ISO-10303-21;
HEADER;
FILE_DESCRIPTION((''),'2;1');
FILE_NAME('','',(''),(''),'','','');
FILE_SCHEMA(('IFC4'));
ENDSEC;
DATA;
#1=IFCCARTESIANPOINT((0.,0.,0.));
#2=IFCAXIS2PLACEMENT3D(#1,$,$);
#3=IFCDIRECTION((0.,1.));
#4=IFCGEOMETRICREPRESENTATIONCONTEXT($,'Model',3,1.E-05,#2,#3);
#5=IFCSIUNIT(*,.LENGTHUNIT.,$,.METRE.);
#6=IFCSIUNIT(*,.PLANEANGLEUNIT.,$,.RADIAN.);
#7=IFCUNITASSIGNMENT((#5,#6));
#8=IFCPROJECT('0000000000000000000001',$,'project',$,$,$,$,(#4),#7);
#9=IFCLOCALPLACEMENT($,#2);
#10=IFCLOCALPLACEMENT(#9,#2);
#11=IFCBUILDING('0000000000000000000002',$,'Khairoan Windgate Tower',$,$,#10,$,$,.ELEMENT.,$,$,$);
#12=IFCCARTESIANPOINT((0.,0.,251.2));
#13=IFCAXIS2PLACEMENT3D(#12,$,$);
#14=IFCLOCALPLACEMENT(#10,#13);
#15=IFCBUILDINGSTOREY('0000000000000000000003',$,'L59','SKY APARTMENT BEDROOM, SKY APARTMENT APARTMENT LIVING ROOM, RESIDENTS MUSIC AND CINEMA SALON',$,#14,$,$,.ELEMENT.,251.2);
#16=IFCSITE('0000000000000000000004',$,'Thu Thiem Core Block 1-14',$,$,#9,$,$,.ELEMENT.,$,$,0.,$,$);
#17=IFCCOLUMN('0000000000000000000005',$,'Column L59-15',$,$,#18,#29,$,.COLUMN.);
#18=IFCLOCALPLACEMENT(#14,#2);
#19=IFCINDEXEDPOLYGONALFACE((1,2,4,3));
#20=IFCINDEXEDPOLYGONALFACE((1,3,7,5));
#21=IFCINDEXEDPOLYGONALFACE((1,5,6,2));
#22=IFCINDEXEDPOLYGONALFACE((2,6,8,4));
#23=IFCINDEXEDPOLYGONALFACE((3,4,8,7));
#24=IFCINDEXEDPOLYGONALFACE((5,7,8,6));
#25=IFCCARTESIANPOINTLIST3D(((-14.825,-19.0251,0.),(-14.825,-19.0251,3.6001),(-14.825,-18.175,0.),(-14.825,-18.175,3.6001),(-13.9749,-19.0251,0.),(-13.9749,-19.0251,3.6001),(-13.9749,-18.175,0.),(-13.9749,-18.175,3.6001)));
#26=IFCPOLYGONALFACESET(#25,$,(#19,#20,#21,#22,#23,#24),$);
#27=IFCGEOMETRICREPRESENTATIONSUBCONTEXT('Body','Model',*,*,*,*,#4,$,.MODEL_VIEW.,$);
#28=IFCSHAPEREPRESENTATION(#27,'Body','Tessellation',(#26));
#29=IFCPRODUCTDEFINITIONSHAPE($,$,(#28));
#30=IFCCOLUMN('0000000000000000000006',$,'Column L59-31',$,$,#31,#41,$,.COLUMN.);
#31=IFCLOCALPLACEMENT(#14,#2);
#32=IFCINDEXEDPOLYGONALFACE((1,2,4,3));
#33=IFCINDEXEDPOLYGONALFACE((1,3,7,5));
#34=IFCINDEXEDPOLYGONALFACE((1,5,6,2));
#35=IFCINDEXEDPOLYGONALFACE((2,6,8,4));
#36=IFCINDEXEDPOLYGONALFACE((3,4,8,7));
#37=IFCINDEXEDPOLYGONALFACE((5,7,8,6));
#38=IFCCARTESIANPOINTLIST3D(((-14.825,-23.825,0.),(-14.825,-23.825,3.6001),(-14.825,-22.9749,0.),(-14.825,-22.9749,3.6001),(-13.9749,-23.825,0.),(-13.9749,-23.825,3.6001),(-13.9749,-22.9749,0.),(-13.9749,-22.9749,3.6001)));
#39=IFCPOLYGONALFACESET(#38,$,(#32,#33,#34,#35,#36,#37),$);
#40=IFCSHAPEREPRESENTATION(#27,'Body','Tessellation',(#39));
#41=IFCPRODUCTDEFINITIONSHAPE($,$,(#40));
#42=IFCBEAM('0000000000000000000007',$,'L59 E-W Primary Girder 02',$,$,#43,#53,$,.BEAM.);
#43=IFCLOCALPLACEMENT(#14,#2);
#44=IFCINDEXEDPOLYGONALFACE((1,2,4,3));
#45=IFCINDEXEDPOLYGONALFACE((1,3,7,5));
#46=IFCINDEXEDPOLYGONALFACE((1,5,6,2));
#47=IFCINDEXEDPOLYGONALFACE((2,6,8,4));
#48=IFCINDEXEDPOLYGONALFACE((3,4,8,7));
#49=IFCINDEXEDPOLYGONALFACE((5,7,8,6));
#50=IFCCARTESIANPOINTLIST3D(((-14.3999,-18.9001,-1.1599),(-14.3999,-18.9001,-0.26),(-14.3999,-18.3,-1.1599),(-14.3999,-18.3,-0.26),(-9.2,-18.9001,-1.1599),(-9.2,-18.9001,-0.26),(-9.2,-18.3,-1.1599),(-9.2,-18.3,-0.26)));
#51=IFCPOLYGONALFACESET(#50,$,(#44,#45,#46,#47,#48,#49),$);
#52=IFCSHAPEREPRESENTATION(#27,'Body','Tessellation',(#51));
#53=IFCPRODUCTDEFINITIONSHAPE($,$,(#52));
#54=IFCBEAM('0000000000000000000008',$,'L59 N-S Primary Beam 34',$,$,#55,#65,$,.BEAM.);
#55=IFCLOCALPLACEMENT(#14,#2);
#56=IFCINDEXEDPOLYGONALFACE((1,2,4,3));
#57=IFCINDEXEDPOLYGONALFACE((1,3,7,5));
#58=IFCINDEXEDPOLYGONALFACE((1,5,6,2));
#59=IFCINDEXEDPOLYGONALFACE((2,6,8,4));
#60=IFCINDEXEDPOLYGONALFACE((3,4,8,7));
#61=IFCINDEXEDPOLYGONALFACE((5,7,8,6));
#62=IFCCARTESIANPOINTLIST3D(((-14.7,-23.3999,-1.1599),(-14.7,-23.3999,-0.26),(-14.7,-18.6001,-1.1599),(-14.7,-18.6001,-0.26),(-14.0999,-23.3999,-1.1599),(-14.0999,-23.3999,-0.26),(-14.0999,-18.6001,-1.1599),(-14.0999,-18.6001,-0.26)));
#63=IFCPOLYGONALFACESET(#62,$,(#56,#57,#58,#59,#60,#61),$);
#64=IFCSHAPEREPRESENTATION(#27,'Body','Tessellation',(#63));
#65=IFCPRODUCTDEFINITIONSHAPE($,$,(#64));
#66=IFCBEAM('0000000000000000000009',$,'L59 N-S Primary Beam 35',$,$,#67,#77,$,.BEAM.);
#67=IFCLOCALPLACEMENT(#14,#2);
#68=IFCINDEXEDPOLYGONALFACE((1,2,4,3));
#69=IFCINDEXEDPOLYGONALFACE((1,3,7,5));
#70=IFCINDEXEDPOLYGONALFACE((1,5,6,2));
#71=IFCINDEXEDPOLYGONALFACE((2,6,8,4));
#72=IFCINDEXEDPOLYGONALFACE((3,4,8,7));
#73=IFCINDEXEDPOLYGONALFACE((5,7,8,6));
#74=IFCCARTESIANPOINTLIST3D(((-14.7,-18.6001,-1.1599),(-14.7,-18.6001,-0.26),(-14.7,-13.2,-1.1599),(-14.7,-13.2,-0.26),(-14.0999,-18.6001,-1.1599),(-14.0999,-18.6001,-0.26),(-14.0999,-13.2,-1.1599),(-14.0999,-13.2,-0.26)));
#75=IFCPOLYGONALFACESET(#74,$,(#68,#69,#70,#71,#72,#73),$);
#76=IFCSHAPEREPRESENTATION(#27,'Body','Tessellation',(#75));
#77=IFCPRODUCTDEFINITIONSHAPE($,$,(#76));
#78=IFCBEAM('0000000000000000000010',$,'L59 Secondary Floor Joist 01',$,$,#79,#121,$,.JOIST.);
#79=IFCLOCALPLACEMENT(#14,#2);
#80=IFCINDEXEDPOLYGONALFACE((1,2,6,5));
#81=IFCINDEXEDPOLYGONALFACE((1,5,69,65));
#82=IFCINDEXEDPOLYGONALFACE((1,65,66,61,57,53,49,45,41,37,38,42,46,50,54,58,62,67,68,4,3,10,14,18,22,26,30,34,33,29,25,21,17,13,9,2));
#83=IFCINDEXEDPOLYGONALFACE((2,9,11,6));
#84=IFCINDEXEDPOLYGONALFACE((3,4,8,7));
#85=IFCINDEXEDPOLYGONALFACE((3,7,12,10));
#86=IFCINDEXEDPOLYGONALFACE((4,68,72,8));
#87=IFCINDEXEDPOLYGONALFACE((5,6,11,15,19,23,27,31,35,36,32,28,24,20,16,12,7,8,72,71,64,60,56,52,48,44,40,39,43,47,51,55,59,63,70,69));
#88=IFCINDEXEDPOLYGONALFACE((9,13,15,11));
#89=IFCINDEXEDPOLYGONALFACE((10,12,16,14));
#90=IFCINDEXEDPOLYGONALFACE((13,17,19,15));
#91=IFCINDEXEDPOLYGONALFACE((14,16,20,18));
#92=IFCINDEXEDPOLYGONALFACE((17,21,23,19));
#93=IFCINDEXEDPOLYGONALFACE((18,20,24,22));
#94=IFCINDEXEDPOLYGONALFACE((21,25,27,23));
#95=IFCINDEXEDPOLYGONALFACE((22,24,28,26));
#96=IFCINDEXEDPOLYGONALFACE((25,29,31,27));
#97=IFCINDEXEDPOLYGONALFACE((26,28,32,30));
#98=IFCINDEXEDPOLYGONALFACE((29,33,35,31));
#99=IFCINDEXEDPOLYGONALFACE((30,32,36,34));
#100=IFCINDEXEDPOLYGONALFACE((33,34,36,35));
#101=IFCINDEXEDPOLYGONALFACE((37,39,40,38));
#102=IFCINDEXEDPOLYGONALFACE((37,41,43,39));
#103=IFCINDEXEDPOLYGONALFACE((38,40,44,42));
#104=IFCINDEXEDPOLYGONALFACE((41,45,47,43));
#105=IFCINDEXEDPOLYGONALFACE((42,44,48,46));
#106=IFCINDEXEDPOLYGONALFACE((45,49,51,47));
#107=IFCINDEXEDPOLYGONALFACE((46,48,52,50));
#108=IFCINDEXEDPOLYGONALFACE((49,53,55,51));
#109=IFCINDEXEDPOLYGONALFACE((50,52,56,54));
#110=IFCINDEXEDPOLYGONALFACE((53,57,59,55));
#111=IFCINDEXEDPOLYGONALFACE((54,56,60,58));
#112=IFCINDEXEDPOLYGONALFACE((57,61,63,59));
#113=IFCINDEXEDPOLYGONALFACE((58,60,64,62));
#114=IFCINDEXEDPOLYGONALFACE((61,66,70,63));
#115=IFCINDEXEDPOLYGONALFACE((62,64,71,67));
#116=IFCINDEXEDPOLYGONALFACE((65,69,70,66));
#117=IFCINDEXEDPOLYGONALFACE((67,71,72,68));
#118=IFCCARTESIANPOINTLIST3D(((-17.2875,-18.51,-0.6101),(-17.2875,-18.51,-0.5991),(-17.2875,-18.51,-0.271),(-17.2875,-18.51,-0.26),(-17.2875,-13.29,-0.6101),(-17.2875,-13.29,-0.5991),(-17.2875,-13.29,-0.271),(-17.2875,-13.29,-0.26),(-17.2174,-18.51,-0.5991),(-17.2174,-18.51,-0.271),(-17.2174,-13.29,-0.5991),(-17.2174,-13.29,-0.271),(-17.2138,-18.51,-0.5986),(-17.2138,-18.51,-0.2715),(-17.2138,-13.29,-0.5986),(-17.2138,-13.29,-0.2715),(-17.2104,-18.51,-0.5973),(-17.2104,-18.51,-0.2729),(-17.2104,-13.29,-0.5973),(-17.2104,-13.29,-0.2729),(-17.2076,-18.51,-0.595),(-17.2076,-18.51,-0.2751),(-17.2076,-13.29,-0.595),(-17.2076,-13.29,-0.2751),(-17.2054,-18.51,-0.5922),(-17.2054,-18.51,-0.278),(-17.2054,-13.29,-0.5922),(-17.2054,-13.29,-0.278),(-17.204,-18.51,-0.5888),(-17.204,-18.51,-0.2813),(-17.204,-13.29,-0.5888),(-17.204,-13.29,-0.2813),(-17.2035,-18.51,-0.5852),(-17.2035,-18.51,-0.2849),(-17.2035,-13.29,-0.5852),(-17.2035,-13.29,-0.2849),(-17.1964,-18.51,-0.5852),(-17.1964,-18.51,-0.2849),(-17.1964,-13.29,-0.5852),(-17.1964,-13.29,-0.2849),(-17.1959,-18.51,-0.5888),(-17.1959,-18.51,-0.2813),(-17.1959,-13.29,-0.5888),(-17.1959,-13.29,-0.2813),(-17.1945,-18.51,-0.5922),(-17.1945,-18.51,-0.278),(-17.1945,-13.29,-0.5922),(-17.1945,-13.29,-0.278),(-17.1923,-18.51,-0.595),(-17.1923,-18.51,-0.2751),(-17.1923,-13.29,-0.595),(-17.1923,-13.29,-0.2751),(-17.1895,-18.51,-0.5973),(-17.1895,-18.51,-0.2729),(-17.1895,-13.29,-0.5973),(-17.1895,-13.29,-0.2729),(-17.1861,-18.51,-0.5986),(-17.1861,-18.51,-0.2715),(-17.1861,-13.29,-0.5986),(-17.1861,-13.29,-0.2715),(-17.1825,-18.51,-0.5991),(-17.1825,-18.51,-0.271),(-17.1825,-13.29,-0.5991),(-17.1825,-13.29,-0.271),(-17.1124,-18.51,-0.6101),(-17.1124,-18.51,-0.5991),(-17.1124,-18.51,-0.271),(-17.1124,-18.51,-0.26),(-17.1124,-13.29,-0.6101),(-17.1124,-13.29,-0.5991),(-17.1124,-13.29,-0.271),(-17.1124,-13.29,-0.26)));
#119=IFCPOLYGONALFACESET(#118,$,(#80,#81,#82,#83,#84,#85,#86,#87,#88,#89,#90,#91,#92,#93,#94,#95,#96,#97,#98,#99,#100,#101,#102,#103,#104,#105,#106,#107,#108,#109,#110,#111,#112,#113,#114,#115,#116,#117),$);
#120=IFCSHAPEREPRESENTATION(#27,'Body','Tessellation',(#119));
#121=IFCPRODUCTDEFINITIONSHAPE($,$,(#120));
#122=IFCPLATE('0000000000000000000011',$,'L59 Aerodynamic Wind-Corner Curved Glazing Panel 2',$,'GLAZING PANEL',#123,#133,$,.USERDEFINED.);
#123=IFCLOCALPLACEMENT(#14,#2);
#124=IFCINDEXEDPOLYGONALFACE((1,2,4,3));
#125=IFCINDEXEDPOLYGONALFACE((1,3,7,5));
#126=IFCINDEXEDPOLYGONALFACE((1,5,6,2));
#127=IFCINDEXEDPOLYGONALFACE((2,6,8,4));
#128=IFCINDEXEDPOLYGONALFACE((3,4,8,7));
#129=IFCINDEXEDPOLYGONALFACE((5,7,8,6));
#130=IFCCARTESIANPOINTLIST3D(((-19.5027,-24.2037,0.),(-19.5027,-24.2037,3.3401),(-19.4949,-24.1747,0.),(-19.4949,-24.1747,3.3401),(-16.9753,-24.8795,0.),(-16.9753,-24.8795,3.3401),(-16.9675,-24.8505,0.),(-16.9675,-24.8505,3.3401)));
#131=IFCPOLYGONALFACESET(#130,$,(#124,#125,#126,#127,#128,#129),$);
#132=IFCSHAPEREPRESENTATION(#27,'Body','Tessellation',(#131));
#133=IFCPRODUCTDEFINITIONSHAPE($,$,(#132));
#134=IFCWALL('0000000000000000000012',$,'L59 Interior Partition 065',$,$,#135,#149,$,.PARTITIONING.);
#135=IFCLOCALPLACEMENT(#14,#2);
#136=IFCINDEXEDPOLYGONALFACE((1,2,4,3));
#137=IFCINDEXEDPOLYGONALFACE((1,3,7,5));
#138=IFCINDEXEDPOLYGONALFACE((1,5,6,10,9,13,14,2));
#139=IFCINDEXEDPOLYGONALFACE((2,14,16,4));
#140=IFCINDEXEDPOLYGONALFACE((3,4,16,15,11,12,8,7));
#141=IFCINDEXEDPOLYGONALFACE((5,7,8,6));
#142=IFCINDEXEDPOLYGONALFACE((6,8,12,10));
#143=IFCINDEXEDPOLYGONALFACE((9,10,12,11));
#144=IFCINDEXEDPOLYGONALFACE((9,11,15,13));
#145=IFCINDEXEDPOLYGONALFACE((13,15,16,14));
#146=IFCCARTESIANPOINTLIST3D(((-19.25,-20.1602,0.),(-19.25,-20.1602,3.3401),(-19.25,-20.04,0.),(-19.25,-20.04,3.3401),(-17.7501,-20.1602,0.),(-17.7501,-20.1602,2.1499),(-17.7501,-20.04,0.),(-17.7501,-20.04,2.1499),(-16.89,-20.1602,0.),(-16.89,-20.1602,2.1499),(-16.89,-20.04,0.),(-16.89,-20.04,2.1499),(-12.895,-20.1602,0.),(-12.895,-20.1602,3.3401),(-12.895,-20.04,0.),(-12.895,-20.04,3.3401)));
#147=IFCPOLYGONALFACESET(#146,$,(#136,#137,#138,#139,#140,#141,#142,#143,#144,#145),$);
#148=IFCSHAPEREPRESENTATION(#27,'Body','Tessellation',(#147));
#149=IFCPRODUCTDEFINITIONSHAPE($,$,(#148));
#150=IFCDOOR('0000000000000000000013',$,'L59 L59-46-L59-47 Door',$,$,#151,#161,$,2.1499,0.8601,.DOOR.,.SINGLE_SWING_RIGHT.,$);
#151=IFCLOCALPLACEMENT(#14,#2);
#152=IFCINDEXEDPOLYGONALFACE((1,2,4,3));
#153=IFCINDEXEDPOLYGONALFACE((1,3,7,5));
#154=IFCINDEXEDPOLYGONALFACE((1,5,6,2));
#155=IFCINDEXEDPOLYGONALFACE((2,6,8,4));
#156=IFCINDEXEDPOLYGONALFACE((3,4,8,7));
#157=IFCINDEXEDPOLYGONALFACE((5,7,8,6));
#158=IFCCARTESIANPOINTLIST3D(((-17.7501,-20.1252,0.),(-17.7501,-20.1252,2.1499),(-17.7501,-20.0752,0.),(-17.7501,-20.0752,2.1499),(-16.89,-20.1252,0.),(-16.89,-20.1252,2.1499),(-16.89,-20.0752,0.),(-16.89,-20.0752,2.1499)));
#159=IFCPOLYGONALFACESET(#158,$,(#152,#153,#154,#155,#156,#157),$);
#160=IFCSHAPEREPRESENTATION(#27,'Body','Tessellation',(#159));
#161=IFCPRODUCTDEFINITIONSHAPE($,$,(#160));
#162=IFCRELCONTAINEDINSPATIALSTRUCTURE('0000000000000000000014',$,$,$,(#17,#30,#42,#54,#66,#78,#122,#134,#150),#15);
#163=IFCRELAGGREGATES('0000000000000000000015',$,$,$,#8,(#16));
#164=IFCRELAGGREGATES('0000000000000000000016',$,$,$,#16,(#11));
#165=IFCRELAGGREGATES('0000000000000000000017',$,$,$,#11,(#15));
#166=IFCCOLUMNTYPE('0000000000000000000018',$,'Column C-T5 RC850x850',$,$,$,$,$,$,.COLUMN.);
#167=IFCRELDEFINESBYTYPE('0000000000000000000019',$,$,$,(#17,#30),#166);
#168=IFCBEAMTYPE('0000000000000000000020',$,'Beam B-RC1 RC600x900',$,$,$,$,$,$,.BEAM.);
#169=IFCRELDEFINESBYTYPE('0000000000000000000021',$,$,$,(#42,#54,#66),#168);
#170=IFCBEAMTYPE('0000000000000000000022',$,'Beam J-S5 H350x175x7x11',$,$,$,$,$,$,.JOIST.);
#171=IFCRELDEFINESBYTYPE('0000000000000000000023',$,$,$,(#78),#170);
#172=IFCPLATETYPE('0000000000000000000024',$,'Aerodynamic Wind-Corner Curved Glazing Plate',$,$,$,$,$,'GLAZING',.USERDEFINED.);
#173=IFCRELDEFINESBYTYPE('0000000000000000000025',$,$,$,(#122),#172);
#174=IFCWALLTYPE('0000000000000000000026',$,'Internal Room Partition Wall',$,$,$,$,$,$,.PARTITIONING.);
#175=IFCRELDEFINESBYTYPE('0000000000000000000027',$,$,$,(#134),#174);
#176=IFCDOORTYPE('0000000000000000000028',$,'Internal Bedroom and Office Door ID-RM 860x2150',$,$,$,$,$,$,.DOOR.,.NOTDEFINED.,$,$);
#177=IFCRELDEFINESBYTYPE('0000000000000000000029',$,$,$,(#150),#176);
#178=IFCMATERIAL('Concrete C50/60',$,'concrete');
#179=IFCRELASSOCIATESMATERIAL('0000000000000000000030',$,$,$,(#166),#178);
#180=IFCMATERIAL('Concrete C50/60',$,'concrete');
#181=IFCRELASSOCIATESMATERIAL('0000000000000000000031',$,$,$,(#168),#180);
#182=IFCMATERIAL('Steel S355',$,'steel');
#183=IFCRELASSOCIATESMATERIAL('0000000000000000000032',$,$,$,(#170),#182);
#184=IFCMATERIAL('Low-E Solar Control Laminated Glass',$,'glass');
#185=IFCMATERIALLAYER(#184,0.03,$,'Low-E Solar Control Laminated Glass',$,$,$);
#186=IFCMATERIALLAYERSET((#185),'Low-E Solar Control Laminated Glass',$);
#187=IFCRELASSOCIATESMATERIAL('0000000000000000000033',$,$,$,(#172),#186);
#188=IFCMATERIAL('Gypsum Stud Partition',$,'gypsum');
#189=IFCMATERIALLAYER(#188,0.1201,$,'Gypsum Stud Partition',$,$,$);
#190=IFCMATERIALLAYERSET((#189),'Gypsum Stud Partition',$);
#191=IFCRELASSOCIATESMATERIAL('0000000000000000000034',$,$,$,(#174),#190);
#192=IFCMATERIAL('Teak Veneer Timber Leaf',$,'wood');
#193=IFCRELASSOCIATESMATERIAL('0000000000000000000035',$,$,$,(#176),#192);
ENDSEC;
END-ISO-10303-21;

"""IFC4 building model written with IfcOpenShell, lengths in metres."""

from ifc_helpers import new_model, si_unit, direction, frame, frame_2d, origin, origin_2d, place, context, subcontext, project, spatial, rectangle, i_section, extrude, material, layer, layer_set, material_profile, profile_set, type_object, element, fill, save


model = new_model("IFC4")

# Units and contexts
model_context = context("Model", 3, precision=1e-05, world=origin(), true_north=direction((0.0, 1.0)))
body_context = subcontext(model_context, "Body", "Model", "MODEL_VIEW")
ifc_project = project(units=[si_unit("LENGTHUNIT", "METRE"), si_unit("PLANEANGLEUNIT", "RADIAN")], contexts=[model_context])

# Site, building, storey
site_placement = place(None, origin())
site = spatial("IfcSite", under=ifc_project, at=site_placement, Name="Thu Thiem Core Block 1-14", CompositionType="ELEMENT", RefElevation=0.0)
building_placement = place(site_placement, origin())
building = spatial("IfcBuilding", under=site, at=building_placement, Name="Khairoan Windgate Tower", CompositionType="ELEMENT")
storey_placement = place(building_placement, frame((0.0, 0.0, 251.2)))
storey = spatial("IfcBuildingStorey", under=building, at=storey_placement, Name="L59", Description="SKY APARTMENT BEDROOM, SKY APARTMENT APARTMENT LIVING ROOM, RESIDENTS MUSIC AND CINEMA SALON", CompositionType="ELEMENT", Elevation=251.2)

# Columns
ifc_material_1 = material(Name="Concrete C50/60", Category="concrete")
ifc_material_profile_1 = material_profile(ifc_material_1, rectangle(XDim=0.8501, YDim=0.8501, at=origin_2d()))
ifc_profile_set_1 = profile_set([ifc_material_profile_1], Name="Concrete C50/60")
column_type = type_object("IfcColumnType", Name="Column C-T5 RC850x850", PredefinedType="COLUMN", material=ifc_profile_set_1)
for number, where, z_axis, x_axis, name in (
    (1, (-14.3999, -18.6001, 0.0), (0.0, 0.0, 1.0), (1.0, 0.0, 0.0), "Column L59-15"),
    (2, (-14.3999, -23.3999, 0.0), (0.0, 0.0, 1.0), (1.0, 0.0, 0.0), "Column L59-31"),
):
    element("IfcColumn", number, at=place(storey_placement, frame(where, z_axis=z_axis, x_axis=x_axis)), inside=storey, type_object=column_type, Name=name, PredefinedType="COLUMN", context=body_context, shape_type="SweptSolid", body=[
        extrude(rectangle(XDim=0.8501, YDim=0.8501, at=origin_2d()), origin(), (0.0, 0.0, 1.0), 3.6001),
    ])

# Beams
ifc_material_2 = material(Name="Concrete C50/60", Category="concrete")
ifc_material_profile_2 = material_profile(ifc_material_2, rectangle(XDim=0.6001, YDim=0.8999, at=origin_2d()))
ifc_profile_set_2 = profile_set([ifc_material_profile_2], Name="Concrete C50/60")
beam_type_1 = type_object("IfcBeamType", Name="Beam B-RC1 RC600x900", PredefinedType="BEAM", material=ifc_profile_set_2)
beam_1_placement = place(storey_placement, frame((-14.3999, -18.6001, -0.71), z_axis=(1.0, 0.0, 0.0), x_axis=(0.0, 1.0, 0.0)))
element("IfcBeam", 3, at=beam_1_placement, inside=storey, type_object=beam_type_1, Name="L59 E-W Primary Girder 02", PredefinedType="BEAM", context=body_context, shape_type="SweptSolid", body=[
    extrude(rectangle(XDim=0.6001, YDim=0.8999, at=origin_2d()), origin(), (0.0, 0.0, 1.0), 5.2),
])
beam_2_placement = place(storey_placement, frame((-14.3999, -23.3999, -0.71), z_axis=(0.0, 1.0, 0.0), x_axis=(-1.0, 0.0, 0.0)))
element("IfcBeam", 4, at=beam_2_placement, inside=storey, type_object=beam_type_1, Name="L59 N-S Primary Beam 34", PredefinedType="BEAM", context=body_context, shape_type="SweptSolid", body=[
    extrude(rectangle(XDim=0.6001, YDim=0.8999, at=origin_2d()), origin(), (0.0, 0.0, 1.0), 4.7998),
])
beam_3_placement = place(storey_placement, frame((-14.3999, -18.6001, -0.71), z_axis=(0.0, 1.0, 0.0), x_axis=(-1.0, 0.0, 0.0)))
element("IfcBeam", 5, at=beam_3_placement, inside=storey, type_object=beam_type_1, Name="L59 N-S Primary Beam 35", PredefinedType="BEAM", context=body_context, shape_type="SweptSolid", body=[
    extrude(rectangle(XDim=0.6001, YDim=0.8999, at=origin_2d()), origin(), (0.0, 0.0, 1.0), 5.4001),
])
ifc_material_3 = material(Name="Steel S355", Category="steel")
ifc_material_profile_3 = material_profile(ifc_material_3, i_section(OverallWidth=0.175, OverallDepth=0.3501, WebThickness=0.0071, FlangeThickness=0.011, FilletRadius=0.0139, at=origin_2d()))
ifc_profile_set_3 = profile_set([ifc_material_profile_3], Name="Steel S355")
beam_type_2 = type_object("IfcBeamType", Name="Beam J-S5 H350x175x7x11", PredefinedType="JOIST", material=ifc_profile_set_3)
beam_4_placement = place(storey_placement, frame((-17.2, -18.51, -0.4351), z_axis=(0.0, 1.0, 0.0), x_axis=(-1.0, 0.0, 0.0)))
element("IfcBeam", 6, at=beam_4_placement, inside=storey, type_object=beam_type_2, Name="L59 Secondary Floor Joist 01", PredefinedType="JOIST", context=body_context, shape_type="SweptSolid", body=[
    extrude(i_section(OverallWidth=0.175, OverallDepth=0.3501, WebThickness=0.0071, FlangeThickness=0.011, FilletRadius=0.0139, at=origin_2d()), origin(), (0.0, 0.0, 1.0), 5.22),
])

# Plate
ifc_material_4 = material(Name="Low-E Solar Control Laminated Glass", Category="glass")
ifc_layer_1 = layer(ifc_material_4, 0.03, Name="Low-E Solar Control Laminated Glass")
ifc_layer_set_1 = layer_set([ifc_layer_1], Name="Low-E Solar Control Laminated Glass")
plate_type = type_object("IfcPlateType", Name="Aerodynamic Wind-Corner Curved Glazing Plate", ElementType="GLAZING", PredefinedType="USERDEFINED", material=ifc_layer_set_1)
plate_placement = place(storey_placement, frame((-18.2351, -24.5271, 0.0), z_axis=(0.0, 0.0, 1.0), x_axis=(-0.966061, 0.258313, 0.0)))
element("IfcPlate", 7, at=plate_placement, inside=storey, type_object=plate_type, Name="L59 Aerodynamic Wind-Corner Curved Glazing Panel 2", ObjectType="GLAZING PANEL", PredefinedType="USERDEFINED", context=body_context, shape_type="SweptSolid", body=[
    extrude(rectangle(XDim=2.6162, YDim=0.03, at=origin_2d()), origin(), (0.0, 0.0, 1.0), 3.3401),
])

# Wall, opening, door
ifc_material_5 = material(Name="Gypsum Stud Partition", Category="gypsum")
ifc_layer_2 = layer(ifc_material_5, 0.1201, Name="Gypsum Stud Partition")
ifc_layer_set_2 = layer_set([ifc_layer_2], Name="Gypsum Stud Partition")
wall_type = type_object("IfcWallType", Name="Internal Room Partition Wall", PredefinedType="PARTITIONING", material=ifc_layer_set_2)
wall_1_placement = place(storey_placement, frame((-19.25, -20.1001, 0.0), z_axis=(0.0, 0.0, 1.0), x_axis=(1.0, 0.0, 0.0)))
wall_1 = element("IfcWall", 8, at=wall_1_placement, inside=storey, type_object=wall_type, Name="L59 Interior Partition 065", PredefinedType="PARTITIONING", context=body_context, shape_type="SweptSolid", body=[
    extrude(rectangle(XDim=6.355, YDim=0.1201, at=frame_2d((3.1775, 0.0))), origin(), (0.0, 0.0, 1.0), 3.3401),
])
opening_1_placement = place(wall_1_placement, frame((1.4998, 0.0, 0.0)))
opening_1 = element("IfcOpeningElement", 9, at=opening_1_placement, cuts=wall_1, PredefinedType="OPENING", context=body_context, shape_type="SweptSolid", body=[
    extrude(rectangle(XDim=0.8601, YDim=2.1499, at=frame_2d((0.4302, 1.075))), frame((0.0, 0.0701, 0.0), z_axis=(0.0, -1.0, 0.0), x_axis=(1.0, 0.0, 0.0)), (0.0, 0.0, 1.0), 0.1401),
])
ifc_material_6 = material(Name="Teak Veneer Timber Leaf", Category="wood")
door_type = type_object("IfcDoorType", Name="Internal Bedroom and Office Door ID-RM 860x2150", OperationType="NOTDEFINED", PredefinedType="DOOR", material=ifc_material_6)
door_1_placement = place(opening_1_placement, origin())
door_1 = element("IfcDoor", 10, at=door_1_placement, inside=storey, type_object=door_type, Name="L59 L59-46-L59-47 Door", OperationType="SINGLE_SWING_RIGHT", OverallHeight=2.1499, OverallWidth=0.8601, PredefinedType="DOOR", context=body_context, shape_type="SweptSolid", body=[
    extrude(rectangle(XDim=0.8601, YDim=2.1499, at=frame_2d((0.4302, 1.075))), frame((0.0, 0.0249, 0.0), z_axis=(0.0, -1.0, 0.0), x_axis=(1.0, 0.0, 0.0)), (0.0, 0.0, 1.0), 0.05),
])
fill(opening_1, door_1)

save(model, "model.ifc")
